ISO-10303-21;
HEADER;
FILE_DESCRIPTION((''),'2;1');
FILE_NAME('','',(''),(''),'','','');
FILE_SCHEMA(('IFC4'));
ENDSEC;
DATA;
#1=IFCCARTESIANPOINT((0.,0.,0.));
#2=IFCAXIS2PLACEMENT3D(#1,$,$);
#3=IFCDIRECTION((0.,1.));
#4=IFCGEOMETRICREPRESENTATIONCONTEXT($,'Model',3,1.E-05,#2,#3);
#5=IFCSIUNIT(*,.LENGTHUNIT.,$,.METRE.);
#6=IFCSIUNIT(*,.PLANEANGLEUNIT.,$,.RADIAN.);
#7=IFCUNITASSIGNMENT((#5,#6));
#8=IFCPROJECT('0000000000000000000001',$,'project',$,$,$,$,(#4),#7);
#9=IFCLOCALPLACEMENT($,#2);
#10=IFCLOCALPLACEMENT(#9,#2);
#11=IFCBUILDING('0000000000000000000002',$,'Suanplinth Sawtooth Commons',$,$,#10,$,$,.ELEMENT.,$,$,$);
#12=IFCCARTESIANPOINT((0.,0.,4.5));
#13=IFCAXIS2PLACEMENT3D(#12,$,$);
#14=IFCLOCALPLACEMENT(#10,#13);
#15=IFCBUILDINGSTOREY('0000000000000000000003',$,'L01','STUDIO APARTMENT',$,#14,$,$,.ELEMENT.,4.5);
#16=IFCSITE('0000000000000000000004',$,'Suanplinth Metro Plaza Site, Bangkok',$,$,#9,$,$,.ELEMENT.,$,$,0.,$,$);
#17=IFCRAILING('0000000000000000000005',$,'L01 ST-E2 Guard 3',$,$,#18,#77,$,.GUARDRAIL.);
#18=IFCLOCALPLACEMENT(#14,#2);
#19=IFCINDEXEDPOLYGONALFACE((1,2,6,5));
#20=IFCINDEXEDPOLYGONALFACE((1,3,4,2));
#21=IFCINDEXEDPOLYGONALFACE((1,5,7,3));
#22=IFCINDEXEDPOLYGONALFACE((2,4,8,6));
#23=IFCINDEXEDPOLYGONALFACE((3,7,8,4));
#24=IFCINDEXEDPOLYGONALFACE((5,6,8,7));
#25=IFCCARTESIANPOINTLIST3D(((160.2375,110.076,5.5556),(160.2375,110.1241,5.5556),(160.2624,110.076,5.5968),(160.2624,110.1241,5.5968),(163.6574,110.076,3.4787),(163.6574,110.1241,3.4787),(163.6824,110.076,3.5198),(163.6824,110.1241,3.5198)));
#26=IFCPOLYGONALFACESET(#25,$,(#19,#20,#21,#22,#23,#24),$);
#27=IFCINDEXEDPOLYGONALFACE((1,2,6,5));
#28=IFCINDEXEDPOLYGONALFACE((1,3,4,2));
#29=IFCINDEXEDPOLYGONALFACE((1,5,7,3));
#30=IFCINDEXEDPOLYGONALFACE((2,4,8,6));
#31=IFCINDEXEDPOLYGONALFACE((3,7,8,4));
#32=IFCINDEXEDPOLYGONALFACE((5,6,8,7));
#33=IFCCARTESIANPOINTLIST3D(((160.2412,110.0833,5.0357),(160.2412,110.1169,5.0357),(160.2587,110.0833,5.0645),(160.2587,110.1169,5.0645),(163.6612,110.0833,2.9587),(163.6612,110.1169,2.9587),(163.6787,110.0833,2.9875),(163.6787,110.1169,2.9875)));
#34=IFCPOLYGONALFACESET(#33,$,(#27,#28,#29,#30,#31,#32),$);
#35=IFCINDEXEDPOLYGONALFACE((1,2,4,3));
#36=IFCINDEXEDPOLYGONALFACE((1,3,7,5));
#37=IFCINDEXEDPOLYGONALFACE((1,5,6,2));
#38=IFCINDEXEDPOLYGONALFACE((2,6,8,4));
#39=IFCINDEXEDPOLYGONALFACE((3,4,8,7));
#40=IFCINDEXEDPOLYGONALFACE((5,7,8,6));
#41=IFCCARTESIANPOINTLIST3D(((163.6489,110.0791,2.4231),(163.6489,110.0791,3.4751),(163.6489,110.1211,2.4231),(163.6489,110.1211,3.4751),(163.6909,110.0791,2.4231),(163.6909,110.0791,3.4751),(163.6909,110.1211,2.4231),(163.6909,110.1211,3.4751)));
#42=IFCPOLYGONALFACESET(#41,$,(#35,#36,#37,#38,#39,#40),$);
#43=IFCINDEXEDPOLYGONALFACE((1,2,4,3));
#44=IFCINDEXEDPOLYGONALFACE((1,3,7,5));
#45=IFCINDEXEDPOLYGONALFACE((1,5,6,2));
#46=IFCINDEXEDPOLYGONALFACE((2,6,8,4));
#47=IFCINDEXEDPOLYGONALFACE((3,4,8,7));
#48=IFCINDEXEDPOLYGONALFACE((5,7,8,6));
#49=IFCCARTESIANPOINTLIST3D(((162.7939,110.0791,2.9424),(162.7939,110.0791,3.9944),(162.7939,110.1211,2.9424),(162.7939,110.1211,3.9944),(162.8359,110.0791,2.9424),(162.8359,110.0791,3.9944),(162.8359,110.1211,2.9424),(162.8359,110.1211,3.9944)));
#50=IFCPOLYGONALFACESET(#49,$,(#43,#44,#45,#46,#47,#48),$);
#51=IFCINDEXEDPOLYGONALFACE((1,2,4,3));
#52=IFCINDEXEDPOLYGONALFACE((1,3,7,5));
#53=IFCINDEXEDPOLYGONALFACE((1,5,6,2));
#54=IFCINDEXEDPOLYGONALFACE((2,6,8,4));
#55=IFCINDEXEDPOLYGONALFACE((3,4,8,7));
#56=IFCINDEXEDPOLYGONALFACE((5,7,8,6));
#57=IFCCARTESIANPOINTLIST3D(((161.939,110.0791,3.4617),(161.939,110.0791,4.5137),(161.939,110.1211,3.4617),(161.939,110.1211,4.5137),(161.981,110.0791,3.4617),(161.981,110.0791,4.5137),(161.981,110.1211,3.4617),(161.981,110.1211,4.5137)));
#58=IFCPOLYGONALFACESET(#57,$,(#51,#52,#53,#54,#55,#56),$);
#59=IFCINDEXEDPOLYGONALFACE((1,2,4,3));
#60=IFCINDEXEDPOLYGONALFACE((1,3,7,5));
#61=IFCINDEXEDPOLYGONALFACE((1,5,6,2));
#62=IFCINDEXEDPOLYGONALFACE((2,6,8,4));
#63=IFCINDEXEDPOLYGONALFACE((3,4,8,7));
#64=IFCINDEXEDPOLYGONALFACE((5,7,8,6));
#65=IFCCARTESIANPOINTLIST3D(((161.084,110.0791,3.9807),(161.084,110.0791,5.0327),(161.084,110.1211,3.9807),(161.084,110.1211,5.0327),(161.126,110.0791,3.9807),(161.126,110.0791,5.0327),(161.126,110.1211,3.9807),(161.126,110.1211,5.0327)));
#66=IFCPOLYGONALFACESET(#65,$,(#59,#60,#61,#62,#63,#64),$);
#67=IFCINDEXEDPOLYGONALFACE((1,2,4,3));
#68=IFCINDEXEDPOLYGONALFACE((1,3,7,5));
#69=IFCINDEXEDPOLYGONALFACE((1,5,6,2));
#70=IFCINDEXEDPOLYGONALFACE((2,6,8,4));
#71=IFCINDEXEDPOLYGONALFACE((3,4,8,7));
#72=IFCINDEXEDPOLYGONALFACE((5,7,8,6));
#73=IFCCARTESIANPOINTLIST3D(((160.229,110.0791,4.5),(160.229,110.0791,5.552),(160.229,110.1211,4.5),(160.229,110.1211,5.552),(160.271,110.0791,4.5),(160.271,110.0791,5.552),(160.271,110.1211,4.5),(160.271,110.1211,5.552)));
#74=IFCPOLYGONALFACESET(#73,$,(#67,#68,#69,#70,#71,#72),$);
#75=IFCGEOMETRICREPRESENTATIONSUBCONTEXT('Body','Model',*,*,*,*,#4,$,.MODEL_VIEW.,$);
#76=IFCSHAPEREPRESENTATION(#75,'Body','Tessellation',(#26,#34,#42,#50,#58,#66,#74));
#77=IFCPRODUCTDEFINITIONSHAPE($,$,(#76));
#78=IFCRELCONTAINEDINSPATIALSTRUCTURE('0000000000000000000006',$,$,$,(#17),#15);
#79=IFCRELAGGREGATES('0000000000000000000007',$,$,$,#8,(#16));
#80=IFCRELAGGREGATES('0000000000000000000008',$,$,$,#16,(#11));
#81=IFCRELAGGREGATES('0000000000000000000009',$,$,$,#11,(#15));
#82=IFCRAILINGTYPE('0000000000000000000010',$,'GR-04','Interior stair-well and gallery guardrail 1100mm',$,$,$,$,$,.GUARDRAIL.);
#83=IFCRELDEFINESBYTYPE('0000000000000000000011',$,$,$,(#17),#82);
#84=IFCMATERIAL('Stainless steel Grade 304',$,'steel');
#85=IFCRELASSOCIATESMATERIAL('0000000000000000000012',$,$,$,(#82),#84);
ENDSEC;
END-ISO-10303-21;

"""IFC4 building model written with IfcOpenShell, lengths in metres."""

from ifc_helpers import new_model, si_unit, direction, frame, origin, origin_2d, place, context, subcontext, project, spatial, rectangle, extrude, material, type_object, element, save


model = new_model("IFC4")

# Units and contexts
model_context = context("Model", 3, precision=1e-05, world=origin(), true_north=direction((0.0, 1.0)))
body_context = subcontext(model_context, "Body", "Model", "MODEL_VIEW")
ifc_project = project(units=[si_unit("LENGTHUNIT", "METRE"), si_unit("PLANEANGLEUNIT", "RADIAN")], contexts=[model_context])

# Site, building, storey
site_placement = place(None, origin())
site = spatial("IfcSite", under=ifc_project, at=site_placement, Name="Suanplinth Metro Plaza Site, Bangkok", CompositionType="ELEMENT", RefElevation=0.0)
building_placement = place(site_placement, origin())
building = spatial("IfcBuilding", under=site, at=building_placement, Name="Suanplinth Sawtooth Commons", CompositionType="ELEMENT")
storey_placement = place(building_placement, frame((0.0, 0.0, 4.5)))
storey = spatial("IfcBuildingStorey", under=building, at=storey_placement, Name="L01", Description="STUDIO APARTMENT", CompositionType="ELEMENT", Elevation=4.5)

# Railing
ifc_material_1 = material(Name="Stainless steel Grade 304", Category="steel")
railing_type = type_object("IfcRailingType", Name="GR-04", Description="Interior stair-well and gallery guardrail 1100mm", PredefinedType="GUARDRAIL", material=ifc_material_1)
railing_1_placement = place(storey_placement, frame((163.6699, 110.1001, 2.4231)))
element("IfcRailing", 1, at=railing_1_placement, inside=storey, type_object=railing_type, Name="L01 ST-E2 Guard 3", PredefinedType="GUARDRAIL", context=body_context, shape_type="SweptSolid", body=[
    extrude(rectangle(XDim=0.0481, YDim=0.0481, at=origin_2d()), frame((0.0, 0.0, 1.0762), z_axis=(-0.85473, 0.0, 0.519074), x_axis=(0.0, -1.0, 0.0)), (0.0, 0.0, 1.0), 4.0012),
    extrude(rectangle(XDim=0.0337, YDim=0.0337, at=origin_2d()), frame((0.0, 0.0, 0.55), z_axis=(-0.85473, 0.0, 0.519074), x_axis=(0.0, -1.0, 0.0)), (0.0, 0.0, 1.0), 4.0012),
    extrude(rectangle(XDim=0.042, YDim=0.042, at=origin_2d()), origin(), (0.0, 0.0, 1.0), 1.052),
    extrude(rectangle(XDim=0.042, YDim=0.042, at=origin_2d()), frame((-0.855, 0.0, 0.5193)), (0.0, 0.0, 1.0), 1.052),
    extrude(rectangle(XDim=0.042, YDim=0.042, at=origin_2d()), frame((-1.71, 0.0, 1.0386)), (0.0, 0.0, 1.0), 1.052),
    extrude(rectangle(XDim=0.042, YDim=0.042, at=origin_2d()), frame((-2.5649, 0.0, 1.5576)), (0.0, 0.0, 1.0), 1.052),
    extrude(rectangle(XDim=0.042, YDim=0.042, at=origin_2d()), frame((-3.4199, 0.0, 2.0769)), (0.0, 0.0, 1.0), 1.052),
])

save(model, "model.ifc")
